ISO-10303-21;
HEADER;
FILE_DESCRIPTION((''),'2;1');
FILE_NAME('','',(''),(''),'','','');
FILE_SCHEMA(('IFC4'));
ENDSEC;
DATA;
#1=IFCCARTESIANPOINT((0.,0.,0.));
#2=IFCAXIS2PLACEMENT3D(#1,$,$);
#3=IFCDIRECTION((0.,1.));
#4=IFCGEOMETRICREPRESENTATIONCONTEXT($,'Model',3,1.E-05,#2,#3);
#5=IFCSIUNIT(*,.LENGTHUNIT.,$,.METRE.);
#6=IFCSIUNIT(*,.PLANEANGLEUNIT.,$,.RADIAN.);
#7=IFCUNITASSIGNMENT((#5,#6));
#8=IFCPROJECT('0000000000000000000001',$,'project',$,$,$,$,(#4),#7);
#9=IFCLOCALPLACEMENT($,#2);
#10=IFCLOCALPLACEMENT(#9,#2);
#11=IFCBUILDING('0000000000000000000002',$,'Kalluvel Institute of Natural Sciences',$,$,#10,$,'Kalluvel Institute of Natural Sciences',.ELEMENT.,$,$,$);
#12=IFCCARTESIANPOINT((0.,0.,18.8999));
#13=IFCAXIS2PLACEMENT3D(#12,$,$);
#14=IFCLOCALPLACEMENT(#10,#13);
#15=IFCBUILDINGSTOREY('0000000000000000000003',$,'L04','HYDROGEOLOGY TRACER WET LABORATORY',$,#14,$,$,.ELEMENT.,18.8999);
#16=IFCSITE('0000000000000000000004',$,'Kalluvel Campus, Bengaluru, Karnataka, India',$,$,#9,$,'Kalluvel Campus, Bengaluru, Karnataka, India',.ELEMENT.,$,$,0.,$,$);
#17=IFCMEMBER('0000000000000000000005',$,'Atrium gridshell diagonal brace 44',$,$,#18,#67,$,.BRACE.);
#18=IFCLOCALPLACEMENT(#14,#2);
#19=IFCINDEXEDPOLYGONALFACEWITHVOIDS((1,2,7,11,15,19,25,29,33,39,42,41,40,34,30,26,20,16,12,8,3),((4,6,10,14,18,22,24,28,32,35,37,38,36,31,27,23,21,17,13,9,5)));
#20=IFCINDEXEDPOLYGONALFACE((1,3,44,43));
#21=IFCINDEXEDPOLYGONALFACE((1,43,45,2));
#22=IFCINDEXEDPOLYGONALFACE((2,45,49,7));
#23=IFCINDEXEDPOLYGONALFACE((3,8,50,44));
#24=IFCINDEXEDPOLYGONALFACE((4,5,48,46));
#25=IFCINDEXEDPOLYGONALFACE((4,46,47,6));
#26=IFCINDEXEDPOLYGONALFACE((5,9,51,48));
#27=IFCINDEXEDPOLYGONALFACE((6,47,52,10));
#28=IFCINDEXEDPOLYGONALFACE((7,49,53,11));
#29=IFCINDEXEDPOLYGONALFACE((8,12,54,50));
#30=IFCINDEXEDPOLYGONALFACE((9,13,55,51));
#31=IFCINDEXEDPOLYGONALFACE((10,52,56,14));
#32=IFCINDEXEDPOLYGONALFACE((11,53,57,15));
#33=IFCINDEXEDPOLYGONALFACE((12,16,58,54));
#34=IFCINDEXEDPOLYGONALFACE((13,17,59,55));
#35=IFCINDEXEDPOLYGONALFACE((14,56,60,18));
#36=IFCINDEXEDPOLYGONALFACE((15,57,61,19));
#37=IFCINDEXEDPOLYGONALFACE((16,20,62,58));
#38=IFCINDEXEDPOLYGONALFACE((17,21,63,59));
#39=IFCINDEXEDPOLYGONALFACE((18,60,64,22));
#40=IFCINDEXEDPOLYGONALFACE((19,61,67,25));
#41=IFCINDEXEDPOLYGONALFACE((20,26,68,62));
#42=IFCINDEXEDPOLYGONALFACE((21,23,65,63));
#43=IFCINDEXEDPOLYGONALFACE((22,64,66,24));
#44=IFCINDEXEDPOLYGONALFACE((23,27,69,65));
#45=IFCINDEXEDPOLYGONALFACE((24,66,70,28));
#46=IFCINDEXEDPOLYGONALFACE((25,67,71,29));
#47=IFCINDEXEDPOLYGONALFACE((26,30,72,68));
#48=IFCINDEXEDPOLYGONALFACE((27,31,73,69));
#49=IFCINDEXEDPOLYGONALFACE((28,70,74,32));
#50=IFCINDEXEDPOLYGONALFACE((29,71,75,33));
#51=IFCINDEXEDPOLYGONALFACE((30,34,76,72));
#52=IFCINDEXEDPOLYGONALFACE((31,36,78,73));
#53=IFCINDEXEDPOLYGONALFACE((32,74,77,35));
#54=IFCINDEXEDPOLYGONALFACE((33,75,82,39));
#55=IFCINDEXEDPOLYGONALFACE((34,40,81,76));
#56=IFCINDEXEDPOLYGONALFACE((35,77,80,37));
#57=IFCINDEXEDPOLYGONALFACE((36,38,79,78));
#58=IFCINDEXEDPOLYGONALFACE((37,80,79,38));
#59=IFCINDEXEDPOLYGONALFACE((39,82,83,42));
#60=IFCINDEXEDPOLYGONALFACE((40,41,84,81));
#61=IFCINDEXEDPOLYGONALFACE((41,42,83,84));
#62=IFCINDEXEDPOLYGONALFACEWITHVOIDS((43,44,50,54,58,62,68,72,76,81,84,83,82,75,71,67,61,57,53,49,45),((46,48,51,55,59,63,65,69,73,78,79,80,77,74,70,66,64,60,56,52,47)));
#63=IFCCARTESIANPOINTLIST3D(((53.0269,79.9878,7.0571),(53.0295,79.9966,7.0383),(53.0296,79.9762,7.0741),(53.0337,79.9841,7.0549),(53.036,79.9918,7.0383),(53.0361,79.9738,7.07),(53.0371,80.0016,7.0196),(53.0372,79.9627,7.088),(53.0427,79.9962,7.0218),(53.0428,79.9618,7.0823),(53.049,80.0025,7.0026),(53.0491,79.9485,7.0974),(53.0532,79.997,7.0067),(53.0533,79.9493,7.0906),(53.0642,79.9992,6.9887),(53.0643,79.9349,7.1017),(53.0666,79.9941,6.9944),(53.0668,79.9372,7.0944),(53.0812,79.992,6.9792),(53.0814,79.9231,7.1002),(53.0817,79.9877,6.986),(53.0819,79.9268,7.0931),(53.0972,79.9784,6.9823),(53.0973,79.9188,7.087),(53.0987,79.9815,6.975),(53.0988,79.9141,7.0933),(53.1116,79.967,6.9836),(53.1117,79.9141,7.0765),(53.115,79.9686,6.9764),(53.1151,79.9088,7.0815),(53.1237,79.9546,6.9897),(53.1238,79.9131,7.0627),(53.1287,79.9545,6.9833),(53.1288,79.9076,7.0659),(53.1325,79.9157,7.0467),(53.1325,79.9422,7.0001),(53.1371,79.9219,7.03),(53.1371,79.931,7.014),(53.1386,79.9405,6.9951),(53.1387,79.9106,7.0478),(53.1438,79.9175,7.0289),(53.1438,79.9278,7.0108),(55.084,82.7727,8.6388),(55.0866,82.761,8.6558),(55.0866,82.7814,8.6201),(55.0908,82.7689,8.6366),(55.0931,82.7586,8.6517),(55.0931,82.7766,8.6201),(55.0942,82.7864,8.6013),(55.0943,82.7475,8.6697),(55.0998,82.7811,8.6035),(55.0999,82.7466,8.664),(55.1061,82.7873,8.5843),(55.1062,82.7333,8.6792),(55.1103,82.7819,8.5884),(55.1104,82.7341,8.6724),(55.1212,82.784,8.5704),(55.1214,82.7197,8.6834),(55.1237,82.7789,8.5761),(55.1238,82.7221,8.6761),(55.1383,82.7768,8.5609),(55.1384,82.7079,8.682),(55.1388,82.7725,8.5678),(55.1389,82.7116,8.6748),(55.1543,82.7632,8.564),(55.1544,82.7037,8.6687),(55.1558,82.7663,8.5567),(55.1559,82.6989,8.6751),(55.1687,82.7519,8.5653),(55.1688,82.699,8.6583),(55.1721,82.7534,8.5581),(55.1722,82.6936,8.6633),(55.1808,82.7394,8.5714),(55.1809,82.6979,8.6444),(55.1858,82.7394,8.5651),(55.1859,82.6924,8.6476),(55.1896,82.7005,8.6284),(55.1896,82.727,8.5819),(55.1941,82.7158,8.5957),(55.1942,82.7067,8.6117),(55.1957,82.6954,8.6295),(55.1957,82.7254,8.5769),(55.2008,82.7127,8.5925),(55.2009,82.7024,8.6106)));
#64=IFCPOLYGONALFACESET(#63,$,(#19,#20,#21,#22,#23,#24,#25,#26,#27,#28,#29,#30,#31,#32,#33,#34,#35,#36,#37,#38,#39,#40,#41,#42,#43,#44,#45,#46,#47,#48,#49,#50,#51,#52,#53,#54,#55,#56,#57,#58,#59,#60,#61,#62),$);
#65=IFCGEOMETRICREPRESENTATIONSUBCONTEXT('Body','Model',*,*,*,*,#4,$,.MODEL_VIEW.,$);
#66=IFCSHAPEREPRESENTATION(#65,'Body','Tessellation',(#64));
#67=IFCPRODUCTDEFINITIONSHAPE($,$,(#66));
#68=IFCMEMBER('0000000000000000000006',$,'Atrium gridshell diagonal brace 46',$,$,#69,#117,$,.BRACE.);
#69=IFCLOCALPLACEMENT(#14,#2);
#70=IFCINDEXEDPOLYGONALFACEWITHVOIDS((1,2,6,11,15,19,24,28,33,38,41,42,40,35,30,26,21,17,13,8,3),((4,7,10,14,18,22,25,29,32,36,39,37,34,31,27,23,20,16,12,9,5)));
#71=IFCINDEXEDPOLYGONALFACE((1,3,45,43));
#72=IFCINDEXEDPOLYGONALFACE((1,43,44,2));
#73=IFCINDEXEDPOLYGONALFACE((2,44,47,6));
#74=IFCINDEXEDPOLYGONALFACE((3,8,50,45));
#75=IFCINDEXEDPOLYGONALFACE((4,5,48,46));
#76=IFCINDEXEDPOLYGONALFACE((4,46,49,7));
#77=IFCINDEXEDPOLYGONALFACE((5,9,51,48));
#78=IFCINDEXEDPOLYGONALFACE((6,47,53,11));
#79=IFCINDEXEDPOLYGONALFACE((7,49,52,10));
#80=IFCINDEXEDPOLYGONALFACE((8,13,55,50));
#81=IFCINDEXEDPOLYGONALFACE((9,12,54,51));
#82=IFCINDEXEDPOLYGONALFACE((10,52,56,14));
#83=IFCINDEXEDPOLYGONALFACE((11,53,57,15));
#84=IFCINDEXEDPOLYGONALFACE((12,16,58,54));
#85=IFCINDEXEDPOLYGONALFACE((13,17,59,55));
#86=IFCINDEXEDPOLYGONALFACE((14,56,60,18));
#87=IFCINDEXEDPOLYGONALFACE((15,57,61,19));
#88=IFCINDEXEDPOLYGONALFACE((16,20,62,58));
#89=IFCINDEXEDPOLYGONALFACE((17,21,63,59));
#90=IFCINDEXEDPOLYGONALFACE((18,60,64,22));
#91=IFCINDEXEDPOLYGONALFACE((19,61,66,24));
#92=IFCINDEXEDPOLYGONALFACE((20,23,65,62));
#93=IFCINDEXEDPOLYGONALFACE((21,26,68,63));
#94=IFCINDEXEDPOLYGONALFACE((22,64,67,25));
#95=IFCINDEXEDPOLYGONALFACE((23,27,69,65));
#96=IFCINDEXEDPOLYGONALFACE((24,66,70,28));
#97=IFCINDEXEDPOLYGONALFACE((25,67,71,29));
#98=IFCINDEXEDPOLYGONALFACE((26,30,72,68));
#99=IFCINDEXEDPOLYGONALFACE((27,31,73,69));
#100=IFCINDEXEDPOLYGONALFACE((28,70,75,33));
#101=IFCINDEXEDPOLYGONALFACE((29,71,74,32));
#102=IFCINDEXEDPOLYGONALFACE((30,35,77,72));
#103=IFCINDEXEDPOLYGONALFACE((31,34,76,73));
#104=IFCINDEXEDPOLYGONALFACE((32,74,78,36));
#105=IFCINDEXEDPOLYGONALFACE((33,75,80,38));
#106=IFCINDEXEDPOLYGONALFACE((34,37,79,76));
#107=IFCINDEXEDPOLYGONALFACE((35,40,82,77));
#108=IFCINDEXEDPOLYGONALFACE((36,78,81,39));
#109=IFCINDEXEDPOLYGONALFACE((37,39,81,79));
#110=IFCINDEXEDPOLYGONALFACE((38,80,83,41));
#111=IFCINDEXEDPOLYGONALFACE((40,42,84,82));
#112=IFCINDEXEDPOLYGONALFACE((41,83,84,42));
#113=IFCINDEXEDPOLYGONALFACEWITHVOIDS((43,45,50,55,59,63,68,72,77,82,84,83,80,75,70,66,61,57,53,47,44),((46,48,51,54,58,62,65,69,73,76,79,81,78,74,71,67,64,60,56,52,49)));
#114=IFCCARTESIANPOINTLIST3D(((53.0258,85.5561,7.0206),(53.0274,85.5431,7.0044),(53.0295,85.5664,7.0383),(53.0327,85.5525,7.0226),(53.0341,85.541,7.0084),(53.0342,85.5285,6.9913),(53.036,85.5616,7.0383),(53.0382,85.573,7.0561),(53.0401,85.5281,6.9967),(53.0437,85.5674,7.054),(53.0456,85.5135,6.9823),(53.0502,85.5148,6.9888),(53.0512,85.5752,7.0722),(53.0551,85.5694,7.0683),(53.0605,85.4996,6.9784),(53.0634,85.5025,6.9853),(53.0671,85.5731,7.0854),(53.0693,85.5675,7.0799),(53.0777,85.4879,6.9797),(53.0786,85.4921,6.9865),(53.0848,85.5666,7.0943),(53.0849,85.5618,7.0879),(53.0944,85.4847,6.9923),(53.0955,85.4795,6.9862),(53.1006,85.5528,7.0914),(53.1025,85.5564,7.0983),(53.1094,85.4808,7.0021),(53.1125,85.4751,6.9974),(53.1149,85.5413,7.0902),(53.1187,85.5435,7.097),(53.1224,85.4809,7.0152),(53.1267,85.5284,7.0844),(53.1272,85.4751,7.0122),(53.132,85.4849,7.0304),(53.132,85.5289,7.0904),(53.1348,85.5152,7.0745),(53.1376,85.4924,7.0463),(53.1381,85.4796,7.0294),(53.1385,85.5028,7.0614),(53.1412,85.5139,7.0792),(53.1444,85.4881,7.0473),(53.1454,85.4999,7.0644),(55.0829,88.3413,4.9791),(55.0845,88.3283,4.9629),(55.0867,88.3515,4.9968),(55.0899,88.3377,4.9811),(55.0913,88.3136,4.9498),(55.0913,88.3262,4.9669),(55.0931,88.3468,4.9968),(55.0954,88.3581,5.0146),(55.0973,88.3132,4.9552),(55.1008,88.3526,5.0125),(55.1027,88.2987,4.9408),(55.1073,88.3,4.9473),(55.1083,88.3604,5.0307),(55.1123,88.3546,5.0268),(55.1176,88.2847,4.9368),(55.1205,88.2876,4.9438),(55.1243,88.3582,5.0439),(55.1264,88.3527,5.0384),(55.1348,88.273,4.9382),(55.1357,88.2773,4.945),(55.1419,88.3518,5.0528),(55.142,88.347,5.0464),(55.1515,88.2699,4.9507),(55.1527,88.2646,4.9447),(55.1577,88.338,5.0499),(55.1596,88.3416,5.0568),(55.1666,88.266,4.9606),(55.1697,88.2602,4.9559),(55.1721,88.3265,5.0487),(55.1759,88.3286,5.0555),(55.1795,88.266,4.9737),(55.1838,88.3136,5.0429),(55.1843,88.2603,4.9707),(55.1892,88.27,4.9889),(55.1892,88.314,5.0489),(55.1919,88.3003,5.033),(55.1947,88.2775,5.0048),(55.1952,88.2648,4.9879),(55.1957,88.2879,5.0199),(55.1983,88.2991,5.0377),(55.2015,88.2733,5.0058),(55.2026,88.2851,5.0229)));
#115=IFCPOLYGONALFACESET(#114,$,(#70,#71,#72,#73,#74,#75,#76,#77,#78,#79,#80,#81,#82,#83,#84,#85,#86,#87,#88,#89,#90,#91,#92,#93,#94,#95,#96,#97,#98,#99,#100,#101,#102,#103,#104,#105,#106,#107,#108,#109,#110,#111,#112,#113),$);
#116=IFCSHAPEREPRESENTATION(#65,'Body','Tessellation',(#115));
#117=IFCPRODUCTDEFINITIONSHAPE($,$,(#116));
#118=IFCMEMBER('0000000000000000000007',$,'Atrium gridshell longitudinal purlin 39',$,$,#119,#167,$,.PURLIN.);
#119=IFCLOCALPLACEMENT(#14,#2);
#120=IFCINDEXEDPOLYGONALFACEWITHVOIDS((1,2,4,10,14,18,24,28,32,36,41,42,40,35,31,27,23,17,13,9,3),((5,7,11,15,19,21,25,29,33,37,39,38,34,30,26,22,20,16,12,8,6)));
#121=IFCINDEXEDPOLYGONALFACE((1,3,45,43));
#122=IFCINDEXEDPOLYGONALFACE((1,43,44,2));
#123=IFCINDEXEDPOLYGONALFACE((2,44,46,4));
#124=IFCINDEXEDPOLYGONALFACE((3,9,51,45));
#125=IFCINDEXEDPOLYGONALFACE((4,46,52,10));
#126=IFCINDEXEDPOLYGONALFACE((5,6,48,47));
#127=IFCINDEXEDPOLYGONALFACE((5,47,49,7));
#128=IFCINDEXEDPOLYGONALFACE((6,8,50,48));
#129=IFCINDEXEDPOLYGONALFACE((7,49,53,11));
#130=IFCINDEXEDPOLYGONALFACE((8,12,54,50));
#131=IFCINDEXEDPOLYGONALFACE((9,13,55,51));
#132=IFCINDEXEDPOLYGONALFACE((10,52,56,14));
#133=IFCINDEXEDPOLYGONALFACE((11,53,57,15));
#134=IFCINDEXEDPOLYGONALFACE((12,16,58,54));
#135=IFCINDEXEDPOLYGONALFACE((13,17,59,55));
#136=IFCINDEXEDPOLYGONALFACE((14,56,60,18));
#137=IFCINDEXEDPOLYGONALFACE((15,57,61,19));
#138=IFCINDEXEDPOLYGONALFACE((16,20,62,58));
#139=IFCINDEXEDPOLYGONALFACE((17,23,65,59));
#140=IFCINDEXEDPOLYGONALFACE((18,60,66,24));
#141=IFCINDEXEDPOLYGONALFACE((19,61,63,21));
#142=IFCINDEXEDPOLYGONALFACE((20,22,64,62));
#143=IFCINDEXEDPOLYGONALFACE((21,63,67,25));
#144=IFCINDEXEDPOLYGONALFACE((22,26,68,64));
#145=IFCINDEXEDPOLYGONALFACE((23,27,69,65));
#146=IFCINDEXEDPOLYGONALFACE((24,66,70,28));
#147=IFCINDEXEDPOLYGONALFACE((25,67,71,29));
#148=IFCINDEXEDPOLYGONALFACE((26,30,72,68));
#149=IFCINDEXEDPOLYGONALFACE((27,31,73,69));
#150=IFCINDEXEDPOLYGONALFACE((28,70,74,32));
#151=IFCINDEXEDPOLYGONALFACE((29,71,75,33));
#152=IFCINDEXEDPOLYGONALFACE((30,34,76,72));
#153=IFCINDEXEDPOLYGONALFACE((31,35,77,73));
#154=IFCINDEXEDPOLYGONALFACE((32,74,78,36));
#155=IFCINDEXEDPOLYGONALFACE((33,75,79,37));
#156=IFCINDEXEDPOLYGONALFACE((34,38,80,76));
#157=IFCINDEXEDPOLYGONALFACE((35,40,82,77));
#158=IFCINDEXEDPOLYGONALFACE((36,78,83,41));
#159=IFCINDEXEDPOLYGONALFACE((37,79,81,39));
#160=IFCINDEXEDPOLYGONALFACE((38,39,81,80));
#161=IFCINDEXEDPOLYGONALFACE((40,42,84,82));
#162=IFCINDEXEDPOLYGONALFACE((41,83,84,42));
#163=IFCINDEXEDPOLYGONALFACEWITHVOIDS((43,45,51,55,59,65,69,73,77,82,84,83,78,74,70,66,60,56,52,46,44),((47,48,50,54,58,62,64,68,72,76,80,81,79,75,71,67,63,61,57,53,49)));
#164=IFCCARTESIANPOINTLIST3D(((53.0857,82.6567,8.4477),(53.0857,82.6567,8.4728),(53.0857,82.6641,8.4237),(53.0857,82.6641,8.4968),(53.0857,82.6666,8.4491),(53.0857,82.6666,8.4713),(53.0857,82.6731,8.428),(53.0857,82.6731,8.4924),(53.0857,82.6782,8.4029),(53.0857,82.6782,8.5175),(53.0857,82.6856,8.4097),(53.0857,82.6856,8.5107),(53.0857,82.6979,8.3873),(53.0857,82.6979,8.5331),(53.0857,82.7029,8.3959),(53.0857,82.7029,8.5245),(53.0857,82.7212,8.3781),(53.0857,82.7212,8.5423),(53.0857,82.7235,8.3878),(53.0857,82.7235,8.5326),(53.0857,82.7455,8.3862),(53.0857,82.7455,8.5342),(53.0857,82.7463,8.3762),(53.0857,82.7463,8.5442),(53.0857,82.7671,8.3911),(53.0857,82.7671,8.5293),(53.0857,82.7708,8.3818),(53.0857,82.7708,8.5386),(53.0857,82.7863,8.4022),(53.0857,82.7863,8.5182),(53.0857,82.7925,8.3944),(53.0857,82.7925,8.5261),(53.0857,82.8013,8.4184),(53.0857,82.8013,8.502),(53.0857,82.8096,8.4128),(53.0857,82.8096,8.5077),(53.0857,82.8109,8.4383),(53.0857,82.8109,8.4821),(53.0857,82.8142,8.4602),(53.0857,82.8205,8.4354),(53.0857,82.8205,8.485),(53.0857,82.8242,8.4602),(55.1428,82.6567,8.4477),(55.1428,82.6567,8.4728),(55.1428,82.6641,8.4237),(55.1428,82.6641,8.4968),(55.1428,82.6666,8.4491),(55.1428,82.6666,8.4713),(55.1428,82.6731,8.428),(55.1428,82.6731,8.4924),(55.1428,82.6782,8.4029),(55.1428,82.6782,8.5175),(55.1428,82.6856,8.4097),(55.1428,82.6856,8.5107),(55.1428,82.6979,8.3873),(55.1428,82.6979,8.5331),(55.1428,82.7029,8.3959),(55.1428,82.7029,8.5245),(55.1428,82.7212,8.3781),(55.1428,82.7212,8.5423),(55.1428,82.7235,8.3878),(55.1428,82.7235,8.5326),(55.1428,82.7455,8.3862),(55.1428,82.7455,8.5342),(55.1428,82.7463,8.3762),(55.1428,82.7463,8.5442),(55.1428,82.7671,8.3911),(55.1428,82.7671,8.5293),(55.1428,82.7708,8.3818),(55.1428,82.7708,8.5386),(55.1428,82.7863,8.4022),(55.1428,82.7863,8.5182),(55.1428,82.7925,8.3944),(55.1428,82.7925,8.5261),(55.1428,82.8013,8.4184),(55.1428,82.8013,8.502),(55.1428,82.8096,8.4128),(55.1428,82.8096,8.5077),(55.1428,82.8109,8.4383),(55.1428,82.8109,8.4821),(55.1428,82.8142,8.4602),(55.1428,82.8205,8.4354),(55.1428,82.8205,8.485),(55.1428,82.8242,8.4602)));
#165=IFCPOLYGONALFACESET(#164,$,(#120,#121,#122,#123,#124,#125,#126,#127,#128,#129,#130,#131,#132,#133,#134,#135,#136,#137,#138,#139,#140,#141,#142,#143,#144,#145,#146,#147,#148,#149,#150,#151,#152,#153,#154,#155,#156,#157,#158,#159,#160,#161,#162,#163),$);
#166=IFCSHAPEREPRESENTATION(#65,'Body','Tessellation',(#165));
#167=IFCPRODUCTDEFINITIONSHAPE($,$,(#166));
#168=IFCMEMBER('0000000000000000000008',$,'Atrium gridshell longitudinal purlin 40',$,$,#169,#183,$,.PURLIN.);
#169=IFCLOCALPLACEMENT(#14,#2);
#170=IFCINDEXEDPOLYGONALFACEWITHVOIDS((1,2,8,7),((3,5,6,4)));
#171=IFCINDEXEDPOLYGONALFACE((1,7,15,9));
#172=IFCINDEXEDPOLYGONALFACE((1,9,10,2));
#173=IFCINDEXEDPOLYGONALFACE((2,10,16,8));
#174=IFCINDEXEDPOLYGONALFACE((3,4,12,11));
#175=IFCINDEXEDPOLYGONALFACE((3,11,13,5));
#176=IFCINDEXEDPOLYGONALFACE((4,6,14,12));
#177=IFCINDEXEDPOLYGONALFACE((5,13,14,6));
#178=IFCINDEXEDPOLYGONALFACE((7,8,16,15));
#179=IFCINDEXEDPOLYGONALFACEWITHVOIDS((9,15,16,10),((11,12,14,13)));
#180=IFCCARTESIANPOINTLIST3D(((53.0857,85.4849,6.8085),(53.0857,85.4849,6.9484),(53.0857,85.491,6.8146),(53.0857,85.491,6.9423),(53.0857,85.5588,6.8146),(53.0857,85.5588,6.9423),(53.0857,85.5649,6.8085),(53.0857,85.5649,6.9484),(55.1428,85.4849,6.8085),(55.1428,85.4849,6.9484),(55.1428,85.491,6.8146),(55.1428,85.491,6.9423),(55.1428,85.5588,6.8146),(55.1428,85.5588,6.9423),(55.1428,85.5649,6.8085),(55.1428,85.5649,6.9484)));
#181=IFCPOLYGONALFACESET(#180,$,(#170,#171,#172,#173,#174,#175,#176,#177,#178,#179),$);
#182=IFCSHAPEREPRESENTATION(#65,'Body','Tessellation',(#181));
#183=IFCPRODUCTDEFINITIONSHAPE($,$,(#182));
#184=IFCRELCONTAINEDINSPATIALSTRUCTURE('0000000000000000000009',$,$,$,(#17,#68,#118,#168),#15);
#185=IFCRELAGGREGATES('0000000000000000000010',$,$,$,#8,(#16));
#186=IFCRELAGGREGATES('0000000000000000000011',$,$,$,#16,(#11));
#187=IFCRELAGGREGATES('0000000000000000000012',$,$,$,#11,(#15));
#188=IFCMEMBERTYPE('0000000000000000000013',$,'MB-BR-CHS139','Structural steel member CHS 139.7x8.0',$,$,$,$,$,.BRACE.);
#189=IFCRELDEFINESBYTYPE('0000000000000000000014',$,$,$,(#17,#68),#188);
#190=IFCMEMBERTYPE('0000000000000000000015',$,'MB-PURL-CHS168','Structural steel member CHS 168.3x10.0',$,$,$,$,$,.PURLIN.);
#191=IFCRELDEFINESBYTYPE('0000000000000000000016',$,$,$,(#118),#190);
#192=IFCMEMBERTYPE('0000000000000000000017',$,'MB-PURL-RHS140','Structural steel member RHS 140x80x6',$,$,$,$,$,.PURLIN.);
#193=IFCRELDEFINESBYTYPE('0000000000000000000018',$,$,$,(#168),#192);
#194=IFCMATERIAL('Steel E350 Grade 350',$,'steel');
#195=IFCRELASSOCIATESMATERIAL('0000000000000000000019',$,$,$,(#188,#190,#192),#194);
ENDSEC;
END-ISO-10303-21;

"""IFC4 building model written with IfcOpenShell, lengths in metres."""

from ifc_helpers import new_model, si_unit, direction, frame, origin, origin_2d, place, context, subcontext, project, spatial, hollow_rectangle, hollow_circle, extrude, material, material_profile, profile_set, type_object, element, save


model = new_model("IFC4")

# Units and contexts
model_context = context("Model", 3, precision=1e-05, world=origin(), true_north=direction((0.0, 1.0)))
body_context = subcontext(model_context, "Body", "Model", "MODEL_VIEW")
ifc_project = project(units=[si_unit("LENGTHUNIT", "METRE"), si_unit("PLANEANGLEUNIT", "RADIAN")], contexts=[model_context])

# Site, building, storey
site_placement = place(None, origin())
site = spatial("IfcSite", under=ifc_project, at=site_placement, Name="Kalluvel Campus, Bengaluru, Karnataka, India", LongName="Kalluvel Campus, Bengaluru, Karnataka, India", CompositionType="ELEMENT", RefElevation=0.0)
building_placement = place(site_placement, origin())
building = spatial("IfcBuilding", under=site, at=building_placement, Name="Kalluvel Institute of Natural Sciences", LongName="Kalluvel Institute of Natural Sciences", CompositionType="ELEMENT")
storey_placement = place(building_placement, frame((0.0, 0.0, 18.8999)))
storey = spatial("IfcBuildingStorey", under=building, at=storey_placement, Name="L04", Description="HYDROGEOLOGY TRACER WET LABORATORY", CompositionType="ELEMENT", Elevation=18.8999)

# Members
ifc_material_1 = material(Name="Steel E350 Grade 350", Category="steel")
ifc_material_profile_1 = material_profile(ifc_material_1, hollow_circle(Radius=0.0698, WallThickness=0.0081, at=origin_2d()), Name="CHS 139.7x8.0")
ifc_profile_set_1 = profile_set([ifc_material_profile_1], Name="Steel E350 Grade 350")
member_type_1 = type_object("IfcMemberType", Name="MB-BR-CHS139", Description="Structural steel member CHS 139.7x8.0", PredefinedType="BRACE", material=ifc_profile_set_1)
member_1_placement = place(storey_placement, frame((53.0857, 79.9551, 7.0383), z_axis=(0.540423, 0.731617, 0.415547), x_axis=(-0.804353, 0.594151, 0.0)))
element("IfcMember", 1, at=member_1_placement, inside=storey, type_object=member_type_1, Name="Atrium gridshell diagonal brace 44", PredefinedType="BRACE", context=body_context, shape_type="SweptSolid", body=[
    extrude(hollow_circle(Radius=0.0698, WallThickness=0.0081, at=origin_2d()), origin(), (0.0, 0.0, 1.0), 3.8064),
])
member_2_placement = place(storey_placement, frame((53.0857, 85.5249, 7.0383), z_axis=(0.511784, 0.692906, -0.507896), x_axis=(-0.804378, 0.594117, 0.0)))
element("IfcMember", 2, at=member_2_placement, inside=storey, type_object=member_type_1, Name="Atrium gridshell diagonal brace 46", PredefinedType="BRACE", context=body_context, shape_type="SweptSolid", body=[
    extrude(hollow_circle(Radius=0.0698, WallThickness=0.0081, at=origin_2d()), origin(), (0.0, 0.0, 1.0), 4.0195),
])
ifc_material_profile_2 = material_profile(ifc_material_1, hollow_circle(Radius=0.0842, WallThickness=0.01, at=origin_2d()), Name="CHS 168.3x10.0")
ifc_profile_set_2 = profile_set([ifc_material_profile_2], Name="Steel E350 Grade 350")
member_type_2 = type_object("IfcMemberType", Name="MB-PURL-CHS168", Description="Structural steel member CHS 168.3x10.0", PredefinedType="PURLIN", material=ifc_profile_set_2)
member_3_placement = place(storey_placement, frame((53.0857, 82.74, 8.4602), z_axis=(1.0, 0.0, 0.0), x_axis=(0.0, 1.0, 0.0)))
element("IfcMember", 3, at=member_3_placement, inside=storey, type_object=member_type_2, Name="Atrium gridshell longitudinal purlin 39", PredefinedType="PURLIN", context=body_context, shape_type="SweptSolid", body=[
    extrude(hollow_circle(Radius=0.0842, WallThickness=0.01, at=origin_2d()), origin(), (0.0, 0.0, 1.0), 2.0571),
])
ifc_material_profile_3 = material_profile(ifc_material_1, hollow_rectangle(XDim=0.0801, YDim=0.1399, WallThickness=0.0061, at=origin_2d()), Name="RHS 140x80x6")
ifc_profile_set_3 = profile_set([ifc_material_profile_3], Name="Steel E350 Grade 350")
member_type_3 = type_object("IfcMemberType", Name="MB-PURL-RHS140", Description="Structural steel member RHS 140x80x6", PredefinedType="PURLIN", material=ifc_profile_set_3)
member_4_placement = place(storey_placement, frame((53.0857, 85.5249, 6.8784), z_axis=(1.0, 0.0, 0.0), x_axis=(0.0, 1.0, 0.0)))
element("IfcMember", 4, at=member_4_placement, inside=storey, type_object=member_type_3, Name="Atrium gridshell longitudinal purlin 40", PredefinedType="PURLIN", context=body_context, shape_type="SweptSolid", body=[
    extrude(hollow_rectangle(XDim=0.0801, YDim=0.1399, WallThickness=0.0061, at=origin_2d()), origin(), (0.0, 0.0, 1.0), 2.0571),
])

save(model, "model.ifc")
